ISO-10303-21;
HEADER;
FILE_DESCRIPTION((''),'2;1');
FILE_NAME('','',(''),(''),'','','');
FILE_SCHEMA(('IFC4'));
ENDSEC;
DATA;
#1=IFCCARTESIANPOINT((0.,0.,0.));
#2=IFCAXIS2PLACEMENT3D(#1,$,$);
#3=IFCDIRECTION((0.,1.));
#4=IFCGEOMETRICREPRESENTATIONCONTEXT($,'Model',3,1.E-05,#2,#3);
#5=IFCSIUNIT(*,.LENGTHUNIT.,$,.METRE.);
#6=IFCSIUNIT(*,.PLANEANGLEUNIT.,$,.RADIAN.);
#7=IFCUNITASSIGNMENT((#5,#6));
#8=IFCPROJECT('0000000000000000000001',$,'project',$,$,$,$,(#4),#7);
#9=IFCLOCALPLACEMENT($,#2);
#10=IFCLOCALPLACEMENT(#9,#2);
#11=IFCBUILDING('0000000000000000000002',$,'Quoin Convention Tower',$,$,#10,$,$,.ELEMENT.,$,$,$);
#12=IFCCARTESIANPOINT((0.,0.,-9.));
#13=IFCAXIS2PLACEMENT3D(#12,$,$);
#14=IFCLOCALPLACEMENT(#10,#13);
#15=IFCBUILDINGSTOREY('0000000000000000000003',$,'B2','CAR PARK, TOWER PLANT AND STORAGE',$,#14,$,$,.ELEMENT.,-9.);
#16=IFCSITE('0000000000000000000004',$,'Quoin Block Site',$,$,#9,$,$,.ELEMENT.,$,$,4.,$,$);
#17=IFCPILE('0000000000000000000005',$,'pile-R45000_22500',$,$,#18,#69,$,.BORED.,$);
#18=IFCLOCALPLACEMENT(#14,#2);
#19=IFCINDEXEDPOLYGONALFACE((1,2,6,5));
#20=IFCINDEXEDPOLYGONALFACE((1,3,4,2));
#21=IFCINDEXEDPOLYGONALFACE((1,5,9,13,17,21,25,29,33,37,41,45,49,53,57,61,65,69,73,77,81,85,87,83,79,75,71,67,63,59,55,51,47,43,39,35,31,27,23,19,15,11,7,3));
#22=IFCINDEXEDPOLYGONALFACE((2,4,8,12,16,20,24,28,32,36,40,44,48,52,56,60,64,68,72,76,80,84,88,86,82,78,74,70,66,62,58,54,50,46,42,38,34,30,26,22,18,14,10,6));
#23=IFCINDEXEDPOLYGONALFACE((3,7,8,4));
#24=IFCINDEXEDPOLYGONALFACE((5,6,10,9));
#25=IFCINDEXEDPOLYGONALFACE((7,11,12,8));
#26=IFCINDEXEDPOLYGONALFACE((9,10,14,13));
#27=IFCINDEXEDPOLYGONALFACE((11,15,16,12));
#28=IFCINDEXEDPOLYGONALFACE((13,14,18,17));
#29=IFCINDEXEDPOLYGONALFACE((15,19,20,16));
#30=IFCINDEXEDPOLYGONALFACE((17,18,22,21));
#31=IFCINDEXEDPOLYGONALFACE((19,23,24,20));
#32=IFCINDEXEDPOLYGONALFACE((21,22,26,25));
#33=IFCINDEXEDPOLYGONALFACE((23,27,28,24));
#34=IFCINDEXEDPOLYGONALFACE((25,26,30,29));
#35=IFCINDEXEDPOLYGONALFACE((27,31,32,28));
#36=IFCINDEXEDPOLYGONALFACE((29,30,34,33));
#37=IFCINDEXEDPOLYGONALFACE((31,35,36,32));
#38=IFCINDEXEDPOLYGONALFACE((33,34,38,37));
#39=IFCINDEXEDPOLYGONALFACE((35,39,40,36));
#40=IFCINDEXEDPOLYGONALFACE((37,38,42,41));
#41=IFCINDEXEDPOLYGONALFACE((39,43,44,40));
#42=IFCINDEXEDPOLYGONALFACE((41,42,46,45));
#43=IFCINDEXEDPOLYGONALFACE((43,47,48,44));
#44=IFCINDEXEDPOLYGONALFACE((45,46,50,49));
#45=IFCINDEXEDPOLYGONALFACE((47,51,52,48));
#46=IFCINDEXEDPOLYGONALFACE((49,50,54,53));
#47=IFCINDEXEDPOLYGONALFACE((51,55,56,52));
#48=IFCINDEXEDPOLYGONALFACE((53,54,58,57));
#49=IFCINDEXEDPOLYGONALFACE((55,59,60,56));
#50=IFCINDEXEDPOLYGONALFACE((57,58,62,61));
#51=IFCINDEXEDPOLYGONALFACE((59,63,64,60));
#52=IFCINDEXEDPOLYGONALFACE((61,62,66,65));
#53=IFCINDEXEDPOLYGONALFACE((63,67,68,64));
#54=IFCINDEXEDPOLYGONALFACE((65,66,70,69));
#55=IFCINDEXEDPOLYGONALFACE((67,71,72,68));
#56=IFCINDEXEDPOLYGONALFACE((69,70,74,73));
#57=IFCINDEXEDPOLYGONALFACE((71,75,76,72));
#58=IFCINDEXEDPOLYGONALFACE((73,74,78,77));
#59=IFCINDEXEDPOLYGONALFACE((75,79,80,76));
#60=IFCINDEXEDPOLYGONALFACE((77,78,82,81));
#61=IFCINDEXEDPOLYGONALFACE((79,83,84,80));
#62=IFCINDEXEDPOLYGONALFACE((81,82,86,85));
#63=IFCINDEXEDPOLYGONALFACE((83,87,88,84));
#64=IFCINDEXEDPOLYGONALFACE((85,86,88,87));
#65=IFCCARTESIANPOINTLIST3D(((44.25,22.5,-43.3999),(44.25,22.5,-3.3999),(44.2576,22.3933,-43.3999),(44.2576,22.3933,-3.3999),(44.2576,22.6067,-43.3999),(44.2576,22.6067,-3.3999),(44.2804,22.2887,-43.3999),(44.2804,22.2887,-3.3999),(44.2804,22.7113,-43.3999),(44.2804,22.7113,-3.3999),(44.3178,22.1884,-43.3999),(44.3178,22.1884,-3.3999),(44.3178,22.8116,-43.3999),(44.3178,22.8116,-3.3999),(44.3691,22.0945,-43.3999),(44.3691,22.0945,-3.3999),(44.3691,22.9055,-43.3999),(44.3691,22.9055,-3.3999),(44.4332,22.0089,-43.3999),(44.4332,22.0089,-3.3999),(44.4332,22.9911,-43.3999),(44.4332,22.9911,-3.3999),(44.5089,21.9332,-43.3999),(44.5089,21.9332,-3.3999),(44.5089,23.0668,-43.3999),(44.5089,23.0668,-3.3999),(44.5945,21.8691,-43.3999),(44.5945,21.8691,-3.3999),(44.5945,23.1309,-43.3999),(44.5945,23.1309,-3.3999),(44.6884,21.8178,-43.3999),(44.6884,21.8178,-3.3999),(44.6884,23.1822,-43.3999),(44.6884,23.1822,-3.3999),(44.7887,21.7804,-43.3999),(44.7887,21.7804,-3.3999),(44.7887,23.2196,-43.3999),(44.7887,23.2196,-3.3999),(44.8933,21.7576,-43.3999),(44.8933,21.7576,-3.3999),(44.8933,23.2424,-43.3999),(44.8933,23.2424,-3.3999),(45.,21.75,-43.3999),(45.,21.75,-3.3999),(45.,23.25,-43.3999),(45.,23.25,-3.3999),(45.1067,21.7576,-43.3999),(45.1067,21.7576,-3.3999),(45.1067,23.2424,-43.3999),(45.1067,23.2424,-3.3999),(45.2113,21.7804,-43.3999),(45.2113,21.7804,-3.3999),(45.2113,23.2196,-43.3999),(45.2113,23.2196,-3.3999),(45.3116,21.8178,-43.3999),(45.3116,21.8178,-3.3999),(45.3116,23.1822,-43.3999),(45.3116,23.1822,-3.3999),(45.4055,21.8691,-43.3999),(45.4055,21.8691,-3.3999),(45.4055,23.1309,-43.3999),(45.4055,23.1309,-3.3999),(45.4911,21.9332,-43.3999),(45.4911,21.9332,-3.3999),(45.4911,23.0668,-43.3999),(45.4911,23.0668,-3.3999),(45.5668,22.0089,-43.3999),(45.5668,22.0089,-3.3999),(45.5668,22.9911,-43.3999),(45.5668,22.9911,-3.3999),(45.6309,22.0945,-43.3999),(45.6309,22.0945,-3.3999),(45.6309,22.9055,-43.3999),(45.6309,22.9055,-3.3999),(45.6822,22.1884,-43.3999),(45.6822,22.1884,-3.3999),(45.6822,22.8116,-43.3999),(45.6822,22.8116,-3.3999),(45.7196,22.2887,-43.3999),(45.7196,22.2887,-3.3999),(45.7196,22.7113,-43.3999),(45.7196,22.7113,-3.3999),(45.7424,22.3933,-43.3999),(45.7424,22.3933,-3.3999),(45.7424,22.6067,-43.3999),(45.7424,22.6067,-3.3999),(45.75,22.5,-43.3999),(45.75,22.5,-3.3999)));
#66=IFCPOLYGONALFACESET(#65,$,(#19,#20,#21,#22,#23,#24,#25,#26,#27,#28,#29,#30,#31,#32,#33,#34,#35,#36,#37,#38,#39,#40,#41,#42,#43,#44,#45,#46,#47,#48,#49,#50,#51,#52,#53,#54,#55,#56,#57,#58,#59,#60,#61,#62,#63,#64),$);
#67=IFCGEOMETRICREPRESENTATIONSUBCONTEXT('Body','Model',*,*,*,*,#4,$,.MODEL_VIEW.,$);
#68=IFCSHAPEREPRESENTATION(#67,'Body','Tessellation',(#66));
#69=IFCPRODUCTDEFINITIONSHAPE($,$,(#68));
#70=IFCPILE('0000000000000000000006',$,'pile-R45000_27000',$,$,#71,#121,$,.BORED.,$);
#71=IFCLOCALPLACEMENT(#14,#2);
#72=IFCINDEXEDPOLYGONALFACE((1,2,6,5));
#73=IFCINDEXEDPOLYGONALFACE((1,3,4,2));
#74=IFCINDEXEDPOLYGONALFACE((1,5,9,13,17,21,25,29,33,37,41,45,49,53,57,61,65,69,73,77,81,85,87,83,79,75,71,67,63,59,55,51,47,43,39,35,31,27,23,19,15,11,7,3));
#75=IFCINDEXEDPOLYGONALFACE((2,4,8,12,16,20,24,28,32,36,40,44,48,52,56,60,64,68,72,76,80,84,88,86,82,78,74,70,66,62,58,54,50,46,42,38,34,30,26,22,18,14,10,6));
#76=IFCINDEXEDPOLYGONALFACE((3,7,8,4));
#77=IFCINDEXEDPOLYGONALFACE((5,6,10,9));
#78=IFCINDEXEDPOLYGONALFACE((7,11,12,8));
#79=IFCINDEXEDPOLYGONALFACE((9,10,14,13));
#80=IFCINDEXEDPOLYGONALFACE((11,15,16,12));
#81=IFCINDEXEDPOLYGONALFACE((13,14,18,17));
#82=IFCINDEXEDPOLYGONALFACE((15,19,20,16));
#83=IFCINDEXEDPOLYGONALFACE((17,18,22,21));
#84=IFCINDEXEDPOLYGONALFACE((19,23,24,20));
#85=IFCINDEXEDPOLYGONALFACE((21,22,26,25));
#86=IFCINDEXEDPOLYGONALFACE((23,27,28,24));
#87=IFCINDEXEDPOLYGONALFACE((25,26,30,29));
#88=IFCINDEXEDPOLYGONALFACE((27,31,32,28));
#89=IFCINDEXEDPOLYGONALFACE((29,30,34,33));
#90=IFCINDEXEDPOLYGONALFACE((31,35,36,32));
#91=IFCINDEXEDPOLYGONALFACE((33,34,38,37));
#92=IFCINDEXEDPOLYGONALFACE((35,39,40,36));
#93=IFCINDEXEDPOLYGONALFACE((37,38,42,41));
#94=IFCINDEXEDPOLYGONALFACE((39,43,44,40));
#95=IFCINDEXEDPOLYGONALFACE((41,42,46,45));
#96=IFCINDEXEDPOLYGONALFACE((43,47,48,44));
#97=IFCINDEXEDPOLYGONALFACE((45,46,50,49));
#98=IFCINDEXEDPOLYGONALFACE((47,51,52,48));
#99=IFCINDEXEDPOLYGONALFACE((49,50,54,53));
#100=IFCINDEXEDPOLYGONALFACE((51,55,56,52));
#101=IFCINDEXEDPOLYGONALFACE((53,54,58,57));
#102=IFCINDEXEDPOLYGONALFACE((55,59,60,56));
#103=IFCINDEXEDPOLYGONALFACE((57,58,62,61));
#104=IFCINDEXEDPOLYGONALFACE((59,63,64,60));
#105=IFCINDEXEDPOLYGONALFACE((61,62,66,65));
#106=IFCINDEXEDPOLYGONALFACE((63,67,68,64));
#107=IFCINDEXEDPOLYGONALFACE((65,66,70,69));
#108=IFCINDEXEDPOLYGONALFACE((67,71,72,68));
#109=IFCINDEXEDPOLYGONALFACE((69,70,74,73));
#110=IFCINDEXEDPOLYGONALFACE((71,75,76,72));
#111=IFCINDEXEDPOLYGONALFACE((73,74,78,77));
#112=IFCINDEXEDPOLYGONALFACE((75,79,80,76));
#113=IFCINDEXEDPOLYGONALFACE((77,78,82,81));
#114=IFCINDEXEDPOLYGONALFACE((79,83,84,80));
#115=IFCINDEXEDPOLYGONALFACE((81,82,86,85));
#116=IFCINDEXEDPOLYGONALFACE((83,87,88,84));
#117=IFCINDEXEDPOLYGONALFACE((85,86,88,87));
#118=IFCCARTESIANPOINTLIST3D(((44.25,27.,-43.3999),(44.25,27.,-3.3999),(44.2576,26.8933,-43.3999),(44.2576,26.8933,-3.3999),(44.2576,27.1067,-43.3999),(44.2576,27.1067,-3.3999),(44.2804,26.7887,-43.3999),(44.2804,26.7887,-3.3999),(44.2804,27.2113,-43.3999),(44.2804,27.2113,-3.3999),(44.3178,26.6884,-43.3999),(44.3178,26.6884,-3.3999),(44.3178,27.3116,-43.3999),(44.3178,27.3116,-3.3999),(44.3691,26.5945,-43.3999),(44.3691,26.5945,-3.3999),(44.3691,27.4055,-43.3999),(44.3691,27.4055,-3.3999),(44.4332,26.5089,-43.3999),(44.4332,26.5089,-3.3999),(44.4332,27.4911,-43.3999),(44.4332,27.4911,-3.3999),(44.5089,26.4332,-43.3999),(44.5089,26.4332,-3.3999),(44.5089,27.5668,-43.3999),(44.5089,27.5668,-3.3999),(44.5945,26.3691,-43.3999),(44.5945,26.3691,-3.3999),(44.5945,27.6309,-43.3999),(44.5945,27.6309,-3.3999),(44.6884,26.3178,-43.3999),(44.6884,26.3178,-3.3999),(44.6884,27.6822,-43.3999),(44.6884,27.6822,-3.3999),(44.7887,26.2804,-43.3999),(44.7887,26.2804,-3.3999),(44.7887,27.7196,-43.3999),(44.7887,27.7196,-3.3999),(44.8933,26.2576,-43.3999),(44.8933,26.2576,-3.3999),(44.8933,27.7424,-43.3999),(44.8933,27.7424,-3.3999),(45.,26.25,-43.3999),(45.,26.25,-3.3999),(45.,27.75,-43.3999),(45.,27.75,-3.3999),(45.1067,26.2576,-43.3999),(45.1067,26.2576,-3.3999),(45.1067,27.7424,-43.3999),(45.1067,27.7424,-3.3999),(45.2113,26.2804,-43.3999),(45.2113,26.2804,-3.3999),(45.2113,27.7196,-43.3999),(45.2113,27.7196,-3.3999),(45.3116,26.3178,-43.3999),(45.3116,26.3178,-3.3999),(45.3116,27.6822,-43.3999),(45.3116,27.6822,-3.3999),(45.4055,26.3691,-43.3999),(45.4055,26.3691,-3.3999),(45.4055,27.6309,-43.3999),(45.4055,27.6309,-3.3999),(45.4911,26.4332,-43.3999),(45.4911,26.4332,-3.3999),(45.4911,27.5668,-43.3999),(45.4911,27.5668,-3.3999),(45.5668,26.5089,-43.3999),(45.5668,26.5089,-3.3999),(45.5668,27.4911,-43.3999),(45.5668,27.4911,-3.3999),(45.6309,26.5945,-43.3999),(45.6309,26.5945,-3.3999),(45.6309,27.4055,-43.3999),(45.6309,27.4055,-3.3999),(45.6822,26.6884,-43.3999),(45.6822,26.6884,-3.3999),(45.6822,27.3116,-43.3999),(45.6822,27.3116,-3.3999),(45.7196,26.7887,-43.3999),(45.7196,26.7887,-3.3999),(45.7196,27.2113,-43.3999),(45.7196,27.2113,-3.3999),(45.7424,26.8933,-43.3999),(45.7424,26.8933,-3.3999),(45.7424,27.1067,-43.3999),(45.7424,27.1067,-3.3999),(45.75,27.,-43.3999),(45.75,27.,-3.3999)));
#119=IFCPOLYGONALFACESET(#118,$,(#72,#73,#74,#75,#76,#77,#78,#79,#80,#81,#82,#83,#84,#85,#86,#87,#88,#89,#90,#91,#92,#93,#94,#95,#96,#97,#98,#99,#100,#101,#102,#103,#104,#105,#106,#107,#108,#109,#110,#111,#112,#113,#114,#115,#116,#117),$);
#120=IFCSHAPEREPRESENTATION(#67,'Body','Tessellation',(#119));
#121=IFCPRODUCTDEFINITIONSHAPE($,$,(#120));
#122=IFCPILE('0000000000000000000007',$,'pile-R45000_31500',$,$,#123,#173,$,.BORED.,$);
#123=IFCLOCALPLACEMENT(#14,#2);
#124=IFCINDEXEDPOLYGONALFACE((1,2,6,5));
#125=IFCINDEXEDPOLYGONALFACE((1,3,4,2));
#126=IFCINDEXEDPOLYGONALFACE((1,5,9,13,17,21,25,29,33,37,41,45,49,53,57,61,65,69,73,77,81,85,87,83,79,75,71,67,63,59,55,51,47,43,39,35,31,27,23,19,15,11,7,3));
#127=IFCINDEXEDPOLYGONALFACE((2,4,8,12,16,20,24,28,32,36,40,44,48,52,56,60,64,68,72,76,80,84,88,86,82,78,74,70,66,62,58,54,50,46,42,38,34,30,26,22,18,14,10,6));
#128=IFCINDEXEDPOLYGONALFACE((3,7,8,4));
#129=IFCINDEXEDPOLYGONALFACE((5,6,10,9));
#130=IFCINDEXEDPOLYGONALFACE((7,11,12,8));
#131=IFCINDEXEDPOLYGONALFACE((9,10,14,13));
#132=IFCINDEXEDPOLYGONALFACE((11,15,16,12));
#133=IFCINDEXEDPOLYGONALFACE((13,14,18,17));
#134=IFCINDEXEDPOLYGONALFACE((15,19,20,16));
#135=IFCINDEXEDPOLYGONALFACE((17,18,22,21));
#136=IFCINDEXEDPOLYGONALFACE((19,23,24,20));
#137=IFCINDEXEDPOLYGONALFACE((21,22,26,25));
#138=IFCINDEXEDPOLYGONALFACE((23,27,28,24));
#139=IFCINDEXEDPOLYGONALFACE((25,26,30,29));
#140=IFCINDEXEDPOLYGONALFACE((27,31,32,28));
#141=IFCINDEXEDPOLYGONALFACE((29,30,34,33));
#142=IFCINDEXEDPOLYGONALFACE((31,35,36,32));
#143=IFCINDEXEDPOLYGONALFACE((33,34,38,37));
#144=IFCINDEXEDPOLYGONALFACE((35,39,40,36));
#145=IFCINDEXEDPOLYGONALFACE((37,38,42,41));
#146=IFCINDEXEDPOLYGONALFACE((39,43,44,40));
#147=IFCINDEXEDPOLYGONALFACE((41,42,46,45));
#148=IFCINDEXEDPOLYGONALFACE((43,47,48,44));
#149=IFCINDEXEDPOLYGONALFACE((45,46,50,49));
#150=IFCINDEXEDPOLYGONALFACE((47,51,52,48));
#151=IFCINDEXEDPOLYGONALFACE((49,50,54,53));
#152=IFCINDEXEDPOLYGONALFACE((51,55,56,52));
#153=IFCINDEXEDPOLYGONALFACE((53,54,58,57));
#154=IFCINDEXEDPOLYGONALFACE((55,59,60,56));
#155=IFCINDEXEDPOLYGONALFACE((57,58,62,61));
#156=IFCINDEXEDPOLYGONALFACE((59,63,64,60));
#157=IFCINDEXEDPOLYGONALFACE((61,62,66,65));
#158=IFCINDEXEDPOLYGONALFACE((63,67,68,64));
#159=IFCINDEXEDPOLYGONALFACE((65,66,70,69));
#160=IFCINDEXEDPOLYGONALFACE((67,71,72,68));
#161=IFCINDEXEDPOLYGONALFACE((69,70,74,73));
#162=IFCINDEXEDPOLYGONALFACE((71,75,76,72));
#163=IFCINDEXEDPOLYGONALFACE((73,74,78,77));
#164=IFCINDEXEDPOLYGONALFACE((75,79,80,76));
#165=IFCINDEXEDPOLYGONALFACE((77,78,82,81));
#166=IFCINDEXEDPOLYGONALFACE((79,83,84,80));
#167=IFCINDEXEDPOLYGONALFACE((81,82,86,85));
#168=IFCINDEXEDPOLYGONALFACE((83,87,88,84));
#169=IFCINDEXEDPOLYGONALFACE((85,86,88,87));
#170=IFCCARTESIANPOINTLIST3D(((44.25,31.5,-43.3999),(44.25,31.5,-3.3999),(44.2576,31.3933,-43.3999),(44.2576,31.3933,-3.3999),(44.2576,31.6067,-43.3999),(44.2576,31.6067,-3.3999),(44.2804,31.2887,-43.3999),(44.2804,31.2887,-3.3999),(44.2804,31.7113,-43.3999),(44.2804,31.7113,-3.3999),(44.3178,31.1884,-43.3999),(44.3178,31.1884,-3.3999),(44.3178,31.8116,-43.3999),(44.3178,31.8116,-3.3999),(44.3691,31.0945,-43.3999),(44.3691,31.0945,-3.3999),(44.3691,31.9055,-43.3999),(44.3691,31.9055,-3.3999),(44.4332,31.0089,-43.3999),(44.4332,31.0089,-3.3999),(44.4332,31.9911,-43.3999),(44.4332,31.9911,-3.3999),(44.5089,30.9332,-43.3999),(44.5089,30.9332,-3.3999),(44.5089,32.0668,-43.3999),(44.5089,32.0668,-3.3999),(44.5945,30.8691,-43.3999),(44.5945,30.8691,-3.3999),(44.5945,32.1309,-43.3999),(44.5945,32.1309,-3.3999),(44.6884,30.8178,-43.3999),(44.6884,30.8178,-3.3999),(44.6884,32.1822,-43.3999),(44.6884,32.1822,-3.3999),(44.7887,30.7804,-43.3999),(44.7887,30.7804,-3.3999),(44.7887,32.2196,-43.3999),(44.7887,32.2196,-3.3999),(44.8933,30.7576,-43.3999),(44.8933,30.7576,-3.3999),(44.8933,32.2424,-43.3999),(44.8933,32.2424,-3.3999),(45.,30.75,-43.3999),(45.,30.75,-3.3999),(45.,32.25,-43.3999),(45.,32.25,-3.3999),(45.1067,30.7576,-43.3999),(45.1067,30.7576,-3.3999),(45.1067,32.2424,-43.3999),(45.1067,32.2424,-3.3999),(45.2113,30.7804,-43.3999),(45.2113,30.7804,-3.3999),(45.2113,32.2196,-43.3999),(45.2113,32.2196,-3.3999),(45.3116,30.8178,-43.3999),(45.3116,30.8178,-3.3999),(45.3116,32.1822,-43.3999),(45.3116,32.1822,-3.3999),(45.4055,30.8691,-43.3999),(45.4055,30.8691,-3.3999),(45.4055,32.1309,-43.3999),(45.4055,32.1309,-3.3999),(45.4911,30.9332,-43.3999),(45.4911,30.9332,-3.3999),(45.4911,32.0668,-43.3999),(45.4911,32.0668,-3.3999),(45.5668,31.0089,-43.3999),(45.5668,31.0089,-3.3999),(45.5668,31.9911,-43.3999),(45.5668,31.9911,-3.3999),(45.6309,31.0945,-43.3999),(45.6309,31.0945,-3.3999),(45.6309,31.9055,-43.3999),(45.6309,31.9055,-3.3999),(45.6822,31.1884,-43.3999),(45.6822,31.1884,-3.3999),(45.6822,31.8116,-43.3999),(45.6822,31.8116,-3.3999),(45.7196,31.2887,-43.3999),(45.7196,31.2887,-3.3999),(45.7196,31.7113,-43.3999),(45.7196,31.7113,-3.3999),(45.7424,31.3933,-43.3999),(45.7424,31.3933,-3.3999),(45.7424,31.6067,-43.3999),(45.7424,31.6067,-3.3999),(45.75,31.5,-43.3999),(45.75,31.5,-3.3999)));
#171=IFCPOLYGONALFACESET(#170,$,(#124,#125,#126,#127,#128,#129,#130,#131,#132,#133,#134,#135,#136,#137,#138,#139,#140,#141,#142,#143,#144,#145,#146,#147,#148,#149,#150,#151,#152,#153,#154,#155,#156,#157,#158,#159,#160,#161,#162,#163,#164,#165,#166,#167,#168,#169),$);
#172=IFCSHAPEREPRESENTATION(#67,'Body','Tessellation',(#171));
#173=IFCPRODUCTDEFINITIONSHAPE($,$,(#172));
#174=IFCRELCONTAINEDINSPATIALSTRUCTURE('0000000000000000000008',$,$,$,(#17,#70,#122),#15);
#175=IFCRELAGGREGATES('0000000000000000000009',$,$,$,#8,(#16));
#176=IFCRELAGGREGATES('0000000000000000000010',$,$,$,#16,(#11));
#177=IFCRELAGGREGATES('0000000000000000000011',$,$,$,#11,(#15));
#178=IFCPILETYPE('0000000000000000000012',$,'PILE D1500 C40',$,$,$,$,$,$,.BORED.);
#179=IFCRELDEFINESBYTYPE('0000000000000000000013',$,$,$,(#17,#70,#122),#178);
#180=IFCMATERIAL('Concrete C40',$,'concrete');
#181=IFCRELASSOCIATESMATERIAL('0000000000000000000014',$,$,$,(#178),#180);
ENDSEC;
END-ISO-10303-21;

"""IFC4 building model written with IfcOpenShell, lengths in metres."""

from ifc_helpers import new_model, si_unit, direction, frame, origin, origin_2d, place, context, subcontext, project, spatial, circle, extrude, material, material_profile, profile_set, type_object, element, save


model = new_model("IFC4")

# Units and contexts
model_context = context("Model", 3, precision=1e-05, world=origin(), true_north=direction((0.0, 1.0)))
body_context = subcontext(model_context, "Body", "Model", "MODEL_VIEW")
ifc_project = project(units=[si_unit("LENGTHUNIT", "METRE"), si_unit("PLANEANGLEUNIT", "RADIAN")], contexts=[model_context])

# Site, building, storey
site_placement = place(None, origin())
site = spatial("IfcSite", under=ifc_project, at=site_placement, Name="Quoin Block Site", CompositionType="ELEMENT", RefElevation=4.0)
building_placement = place(site_placement, origin())
building = spatial("IfcBuilding", under=site, at=building_placement, Name="Quoin Convention Tower", CompositionType="ELEMENT")
storey_placement = place(building_placement, frame((0.0, 0.0, -9.0)))
storey = spatial("IfcBuildingStorey", under=building, at=storey_placement, Name="B2", Description="CAR PARK, TOWER PLANT AND STORAGE", CompositionType="ELEMENT", Elevation=-9.0)

# Piles
ifc_material_1 = material(Name="Concrete C40", Category="concrete")
ifc_material_profile_1 = material_profile(ifc_material_1, circle(Radius=0.75, at=origin_2d()), Name="D1500")
ifc_profile_set_1 = profile_set([ifc_material_profile_1], Name="Concrete C40")
pile_type = type_object("IfcPileType", Name="PILE D1500 C40", PredefinedType="BORED", material=ifc_profile_set_1)
for number, where, z_axis, x_axis, name in (
    (1, (45.0, 22.5, -3.3999), (0.0, 0.0, -1.0), (1.0, 0.0, 0.0), "pile-R45000_22500"),
    (2, (45.0, 27.0, -3.3999), (0.0, 0.0, -1.0), (1.0, 0.0, 0.0), "pile-R45000_27000"),
    (3, (45.0, 31.5, -3.3999), (0.0, 0.0, -1.0), (1.0, 0.0, 0.0), "pile-R45000_31500"),
):
    element("IfcPile", number, at=place(storey_placement, frame(where, z_axis=z_axis, x_axis=x_axis)), inside=storey, type_object=pile_type, Name=name, PredefinedType="BORED", context=body_context, shape_type="SweptSolid", body=[
        extrude(circle(Radius=0.75, at=origin_2d()), origin(), (0.0, 0.0, 1.0), 40.0),
    ])

save(model, "model.ifc")
